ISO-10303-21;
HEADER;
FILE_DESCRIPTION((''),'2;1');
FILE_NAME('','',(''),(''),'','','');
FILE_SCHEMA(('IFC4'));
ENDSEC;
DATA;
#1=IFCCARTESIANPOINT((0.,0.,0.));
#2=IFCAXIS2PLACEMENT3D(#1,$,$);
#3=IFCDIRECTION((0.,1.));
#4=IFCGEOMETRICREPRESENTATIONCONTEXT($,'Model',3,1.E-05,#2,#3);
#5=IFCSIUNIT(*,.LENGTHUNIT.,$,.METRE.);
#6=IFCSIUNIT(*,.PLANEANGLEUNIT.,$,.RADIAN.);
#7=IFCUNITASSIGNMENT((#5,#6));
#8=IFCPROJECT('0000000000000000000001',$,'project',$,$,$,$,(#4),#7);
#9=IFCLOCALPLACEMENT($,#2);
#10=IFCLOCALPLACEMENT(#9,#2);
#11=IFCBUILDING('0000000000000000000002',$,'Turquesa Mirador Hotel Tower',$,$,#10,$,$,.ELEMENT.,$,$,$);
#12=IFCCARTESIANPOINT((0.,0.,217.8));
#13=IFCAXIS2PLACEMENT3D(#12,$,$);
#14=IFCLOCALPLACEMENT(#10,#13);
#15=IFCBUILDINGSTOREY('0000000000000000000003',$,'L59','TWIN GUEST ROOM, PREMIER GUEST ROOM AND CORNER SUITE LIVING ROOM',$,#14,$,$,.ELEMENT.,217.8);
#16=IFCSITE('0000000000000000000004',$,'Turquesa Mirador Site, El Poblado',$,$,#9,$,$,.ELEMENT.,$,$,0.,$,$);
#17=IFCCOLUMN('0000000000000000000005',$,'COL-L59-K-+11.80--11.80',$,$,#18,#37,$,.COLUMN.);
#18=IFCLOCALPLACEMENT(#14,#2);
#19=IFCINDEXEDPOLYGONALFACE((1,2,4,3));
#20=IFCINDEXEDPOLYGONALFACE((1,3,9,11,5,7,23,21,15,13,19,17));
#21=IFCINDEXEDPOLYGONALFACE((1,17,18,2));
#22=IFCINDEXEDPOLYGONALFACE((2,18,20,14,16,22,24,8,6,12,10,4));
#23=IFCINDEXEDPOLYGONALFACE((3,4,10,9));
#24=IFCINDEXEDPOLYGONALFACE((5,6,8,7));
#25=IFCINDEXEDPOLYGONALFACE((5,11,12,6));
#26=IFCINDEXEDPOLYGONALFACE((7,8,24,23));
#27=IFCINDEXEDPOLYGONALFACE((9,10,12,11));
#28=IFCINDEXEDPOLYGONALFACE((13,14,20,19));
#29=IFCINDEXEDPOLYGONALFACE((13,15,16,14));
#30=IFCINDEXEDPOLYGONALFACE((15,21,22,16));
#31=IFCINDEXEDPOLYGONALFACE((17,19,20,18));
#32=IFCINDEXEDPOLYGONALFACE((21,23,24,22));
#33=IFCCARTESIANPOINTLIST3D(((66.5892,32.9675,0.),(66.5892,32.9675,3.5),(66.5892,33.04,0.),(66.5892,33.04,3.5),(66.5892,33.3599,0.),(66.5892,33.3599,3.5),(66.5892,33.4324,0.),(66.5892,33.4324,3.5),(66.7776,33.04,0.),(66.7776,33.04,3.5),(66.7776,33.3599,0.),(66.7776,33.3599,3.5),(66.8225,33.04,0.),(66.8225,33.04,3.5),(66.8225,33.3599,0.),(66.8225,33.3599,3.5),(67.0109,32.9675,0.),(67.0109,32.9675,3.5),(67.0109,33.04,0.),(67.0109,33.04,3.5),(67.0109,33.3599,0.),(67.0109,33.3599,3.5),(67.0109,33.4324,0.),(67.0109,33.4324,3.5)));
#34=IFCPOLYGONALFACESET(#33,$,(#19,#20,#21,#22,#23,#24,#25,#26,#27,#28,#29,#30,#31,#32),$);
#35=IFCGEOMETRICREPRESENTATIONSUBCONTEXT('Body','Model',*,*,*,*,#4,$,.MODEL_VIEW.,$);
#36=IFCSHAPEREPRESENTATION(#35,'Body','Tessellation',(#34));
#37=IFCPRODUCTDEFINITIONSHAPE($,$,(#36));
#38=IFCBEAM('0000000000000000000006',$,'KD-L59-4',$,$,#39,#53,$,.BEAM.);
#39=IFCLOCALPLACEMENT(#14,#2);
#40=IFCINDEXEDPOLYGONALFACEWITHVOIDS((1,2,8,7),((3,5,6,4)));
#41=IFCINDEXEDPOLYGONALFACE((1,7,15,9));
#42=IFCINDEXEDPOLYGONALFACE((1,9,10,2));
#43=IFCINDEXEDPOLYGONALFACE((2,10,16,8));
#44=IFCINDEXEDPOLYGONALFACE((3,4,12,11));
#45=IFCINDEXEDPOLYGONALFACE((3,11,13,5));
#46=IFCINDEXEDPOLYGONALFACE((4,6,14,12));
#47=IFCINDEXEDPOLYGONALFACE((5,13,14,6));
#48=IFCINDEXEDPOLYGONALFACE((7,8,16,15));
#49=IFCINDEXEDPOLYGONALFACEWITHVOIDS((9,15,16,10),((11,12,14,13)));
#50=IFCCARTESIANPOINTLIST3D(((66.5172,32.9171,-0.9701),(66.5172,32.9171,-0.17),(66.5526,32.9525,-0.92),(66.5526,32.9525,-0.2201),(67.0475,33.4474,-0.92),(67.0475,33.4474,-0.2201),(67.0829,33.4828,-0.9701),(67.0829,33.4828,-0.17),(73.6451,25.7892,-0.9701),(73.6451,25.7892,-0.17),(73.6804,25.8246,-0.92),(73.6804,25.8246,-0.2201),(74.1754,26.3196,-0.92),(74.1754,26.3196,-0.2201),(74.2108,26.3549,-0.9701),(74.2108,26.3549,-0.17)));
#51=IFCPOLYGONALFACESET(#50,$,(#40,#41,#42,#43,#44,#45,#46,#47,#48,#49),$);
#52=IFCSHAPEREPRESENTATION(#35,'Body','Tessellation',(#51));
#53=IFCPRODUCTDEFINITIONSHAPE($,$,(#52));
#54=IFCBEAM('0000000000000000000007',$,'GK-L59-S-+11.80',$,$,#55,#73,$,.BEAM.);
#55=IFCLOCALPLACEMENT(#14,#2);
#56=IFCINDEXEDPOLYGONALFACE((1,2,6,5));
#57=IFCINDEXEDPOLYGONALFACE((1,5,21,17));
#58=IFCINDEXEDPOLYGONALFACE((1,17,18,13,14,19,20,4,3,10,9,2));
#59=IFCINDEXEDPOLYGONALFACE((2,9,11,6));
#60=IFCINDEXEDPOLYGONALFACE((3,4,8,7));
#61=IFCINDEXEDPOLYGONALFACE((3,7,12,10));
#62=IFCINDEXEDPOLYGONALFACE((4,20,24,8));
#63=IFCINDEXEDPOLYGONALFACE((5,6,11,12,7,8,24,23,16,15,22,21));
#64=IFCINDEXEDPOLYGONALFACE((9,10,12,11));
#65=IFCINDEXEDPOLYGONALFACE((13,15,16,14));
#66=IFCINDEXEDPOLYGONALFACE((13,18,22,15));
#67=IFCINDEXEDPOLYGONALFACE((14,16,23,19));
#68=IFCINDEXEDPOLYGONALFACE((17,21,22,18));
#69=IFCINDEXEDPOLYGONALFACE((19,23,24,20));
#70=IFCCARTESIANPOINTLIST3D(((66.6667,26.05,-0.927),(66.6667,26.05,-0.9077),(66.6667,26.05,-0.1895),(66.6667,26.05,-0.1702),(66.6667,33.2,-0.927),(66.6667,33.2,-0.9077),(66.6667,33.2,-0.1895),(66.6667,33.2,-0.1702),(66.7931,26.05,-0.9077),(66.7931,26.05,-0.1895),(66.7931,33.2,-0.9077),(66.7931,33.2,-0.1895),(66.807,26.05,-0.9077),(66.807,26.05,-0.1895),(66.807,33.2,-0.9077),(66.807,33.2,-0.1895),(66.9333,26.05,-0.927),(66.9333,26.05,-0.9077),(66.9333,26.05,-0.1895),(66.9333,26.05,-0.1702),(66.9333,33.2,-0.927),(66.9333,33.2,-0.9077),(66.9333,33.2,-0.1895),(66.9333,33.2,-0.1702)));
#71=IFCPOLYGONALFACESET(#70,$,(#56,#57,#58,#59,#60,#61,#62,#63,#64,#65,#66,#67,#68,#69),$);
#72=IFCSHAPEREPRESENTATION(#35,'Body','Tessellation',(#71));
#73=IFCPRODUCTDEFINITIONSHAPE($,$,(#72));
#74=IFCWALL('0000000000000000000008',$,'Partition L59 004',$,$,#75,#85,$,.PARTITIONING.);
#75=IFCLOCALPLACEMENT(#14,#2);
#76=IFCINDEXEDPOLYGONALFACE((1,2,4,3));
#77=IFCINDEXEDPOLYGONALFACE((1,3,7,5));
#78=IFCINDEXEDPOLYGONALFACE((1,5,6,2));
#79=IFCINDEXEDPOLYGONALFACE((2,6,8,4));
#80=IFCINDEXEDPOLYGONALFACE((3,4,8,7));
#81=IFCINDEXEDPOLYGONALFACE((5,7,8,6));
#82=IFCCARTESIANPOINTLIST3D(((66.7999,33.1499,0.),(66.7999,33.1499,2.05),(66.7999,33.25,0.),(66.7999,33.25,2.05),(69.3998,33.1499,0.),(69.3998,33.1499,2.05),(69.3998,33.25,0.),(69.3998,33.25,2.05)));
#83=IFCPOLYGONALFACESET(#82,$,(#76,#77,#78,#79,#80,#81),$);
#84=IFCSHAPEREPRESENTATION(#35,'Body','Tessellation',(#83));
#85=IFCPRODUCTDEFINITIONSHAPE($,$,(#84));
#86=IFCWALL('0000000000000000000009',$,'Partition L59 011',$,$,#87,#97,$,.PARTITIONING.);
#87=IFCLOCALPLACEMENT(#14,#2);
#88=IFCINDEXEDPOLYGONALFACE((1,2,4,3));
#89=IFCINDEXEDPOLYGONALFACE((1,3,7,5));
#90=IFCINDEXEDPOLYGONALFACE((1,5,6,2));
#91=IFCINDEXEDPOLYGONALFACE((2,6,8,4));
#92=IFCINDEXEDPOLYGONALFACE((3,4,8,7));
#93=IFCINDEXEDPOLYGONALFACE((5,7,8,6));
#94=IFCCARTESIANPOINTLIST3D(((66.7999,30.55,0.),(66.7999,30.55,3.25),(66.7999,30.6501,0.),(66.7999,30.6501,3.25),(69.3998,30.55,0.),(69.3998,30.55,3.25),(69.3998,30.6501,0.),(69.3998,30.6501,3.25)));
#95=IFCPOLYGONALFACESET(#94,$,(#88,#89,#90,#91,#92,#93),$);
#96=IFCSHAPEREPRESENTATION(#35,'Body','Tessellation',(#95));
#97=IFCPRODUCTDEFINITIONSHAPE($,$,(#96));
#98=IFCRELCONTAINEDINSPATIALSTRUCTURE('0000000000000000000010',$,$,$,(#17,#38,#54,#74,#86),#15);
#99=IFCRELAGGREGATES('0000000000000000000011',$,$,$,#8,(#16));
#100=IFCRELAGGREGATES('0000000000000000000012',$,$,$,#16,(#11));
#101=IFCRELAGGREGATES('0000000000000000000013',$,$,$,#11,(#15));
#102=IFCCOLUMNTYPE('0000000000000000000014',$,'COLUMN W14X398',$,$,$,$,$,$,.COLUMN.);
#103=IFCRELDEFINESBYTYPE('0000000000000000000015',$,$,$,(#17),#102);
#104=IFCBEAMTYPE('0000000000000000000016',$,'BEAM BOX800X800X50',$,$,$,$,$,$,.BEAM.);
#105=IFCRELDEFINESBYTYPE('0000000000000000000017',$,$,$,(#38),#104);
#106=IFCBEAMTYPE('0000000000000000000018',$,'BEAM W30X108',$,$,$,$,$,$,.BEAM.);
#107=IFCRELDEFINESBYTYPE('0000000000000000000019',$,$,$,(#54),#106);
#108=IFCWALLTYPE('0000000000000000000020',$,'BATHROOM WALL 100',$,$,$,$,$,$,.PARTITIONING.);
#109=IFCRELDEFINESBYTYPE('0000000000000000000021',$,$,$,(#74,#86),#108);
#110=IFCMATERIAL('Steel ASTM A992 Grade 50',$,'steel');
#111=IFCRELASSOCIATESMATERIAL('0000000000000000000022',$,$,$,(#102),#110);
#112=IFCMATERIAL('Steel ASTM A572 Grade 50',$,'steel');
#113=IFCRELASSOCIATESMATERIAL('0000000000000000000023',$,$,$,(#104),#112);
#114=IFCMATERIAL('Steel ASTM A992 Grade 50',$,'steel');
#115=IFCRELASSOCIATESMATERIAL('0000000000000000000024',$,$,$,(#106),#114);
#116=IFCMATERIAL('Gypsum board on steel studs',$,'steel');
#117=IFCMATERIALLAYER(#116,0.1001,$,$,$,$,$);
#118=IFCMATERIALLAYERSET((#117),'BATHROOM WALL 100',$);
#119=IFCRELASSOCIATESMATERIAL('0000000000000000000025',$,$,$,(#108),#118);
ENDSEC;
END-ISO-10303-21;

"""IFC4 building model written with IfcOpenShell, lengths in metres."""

from ifc_helpers import new_model, si_unit, direction, frame, frame_2d, origin, origin_2d, place, context, subcontext, project, spatial, rectangle, hollow_rectangle, i_section, extrude, material, layer, layer_set, material_profile, profile_set, type_object, element, save


model = new_model("IFC4")

# Units and contexts
model_context = context("Model", 3, precision=1e-05, world=origin(), true_north=direction((0.0, 1.0)))
body_context = subcontext(model_context, "Body", "Model", "MODEL_VIEW")
ifc_project = project(units=[si_unit("LENGTHUNIT", "METRE"), si_unit("PLANEANGLEUNIT", "RADIAN")], contexts=[model_context])

# Site, building, storey
site_placement = place(None, origin())
site = spatial("IfcSite", under=ifc_project, at=site_placement, Name="Turquesa Mirador Site, El Poblado", CompositionType="ELEMENT", RefElevation=0.0)
building_placement = place(site_placement, origin())
building = spatial("IfcBuilding", under=site, at=building_placement, Name="Turquesa Mirador Hotel Tower", CompositionType="ELEMENT")
storey_placement = place(building_placement, frame((0.0, 0.0, 217.8)))
storey = spatial("IfcBuildingStorey", under=building, at=storey_placement, Name="L59", Description="TWIN GUEST ROOM, PREMIER GUEST ROOM AND CORNER SUITE LIVING ROOM", CompositionType="ELEMENT", Elevation=217.8)

# Column
ifc_material_1 = material(Name="Steel ASTM A992 Grade 50", Category="steel")
ifc_material_profile_1 = material_profile(ifc_material_1, i_section(OverallWidth=0.4216, OverallDepth=0.4648, WebThickness=0.0449, FlangeThickness=0.0725, at=origin_2d()), Name="W14X398")
ifc_profile_set_1 = profile_set([ifc_material_profile_1], Name="Steel ASTM A992 Grade 50")
column_type = type_object("IfcColumnType", Name="COLUMN W14X398", PredefinedType="COLUMN", material=ifc_profile_set_1)
column_placement = place(storey_placement, frame((66.8, 33.2, 0.0), z_axis=(0.0, 0.0, 1.0), x_axis=(1.0, 0.0, 0.0)))
element("IfcColumn", 1, at=column_placement, inside=storey, type_object=column_type, Name="COL-L59-K-+11.80--11.80", PredefinedType="COLUMN", context=body_context, shape_type="SweptSolid", body=[
    extrude(i_section(OverallWidth=0.4216, OverallDepth=0.4648, WebThickness=0.0449, FlangeThickness=0.0725, at=origin_2d()), origin(), (0.0, 0.0, 1.0), 3.5),
])

# Beams
ifc_material_2 = material(Name="Steel ASTM A572 Grade 50", Category="steel")
ifc_material_profile_2 = material_profile(ifc_material_2, hollow_rectangle(XDim=0.8, YDim=0.8, WallThickness=0.05, at=origin_2d()), Name="BOX800X800X50")
ifc_profile_set_2 = profile_set([ifc_material_profile_2], Name="Steel ASTM A572 Grade 50")
beam_type_1 = type_object("IfcBeamType", Name="BEAM BOX800X800X50", PredefinedType="BEAM", material=ifc_profile_set_2)
beam_1_placement = place(storey_placement, frame((66.8, 33.2, -0.5701), z_axis=(0.707107, -0.707107, 0.0), x_axis=(0.707107, 0.707107, 0.0)))
element("IfcBeam", 2, at=beam_1_placement, inside=storey, type_object=beam_type_1, Name="KD-L59-4", PredefinedType="BEAM", context=body_context, shape_type="SweptSolid", body=[
    extrude(hollow_rectangle(XDim=0.8, YDim=0.8, WallThickness=0.05, at=origin_2d()), origin(), (0.0, 0.0, 1.0), 10.0803),
])
ifc_material_3 = material(Name="Steel ASTM A992 Grade 50", Category="steel")
ifc_material_profile_3 = material_profile(ifc_material_3, i_section(OverallWidth=0.2666, OverallDepth=0.7568, WebThickness=0.0139, FlangeThickness=0.0193, at=origin_2d()), Name="W30X108")
ifc_profile_set_3 = profile_set([ifc_material_profile_3], Name="Steel ASTM A992 Grade 50")
beam_type_2 = type_object("IfcBeamType", Name="BEAM W30X108", PredefinedType="BEAM", material=ifc_profile_set_3)
beam_2_placement = place(storey_placement, frame((66.8, 26.05, -0.5486), z_axis=(0.0, 1.0, 0.0), x_axis=(-1.0, 0.0, 0.0)))
element("IfcBeam", 3, at=beam_2_placement, inside=storey, type_object=beam_type_2, Name="GK-L59-S-+11.80", PredefinedType="BEAM", context=body_context, shape_type="SweptSolid", body=[
    extrude(i_section(OverallWidth=0.2666, OverallDepth=0.7568, WebThickness=0.0139, FlangeThickness=0.0193, at=origin_2d()), origin(), (0.0, 0.0, 1.0), 7.1499),
])

# Walls
ifc_material_4 = material(Name="Gypsum board on steel studs", Category="steel")
ifc_layer_1 = layer(ifc_material_4, 0.1001)
ifc_layer_set_1 = layer_set([ifc_layer_1], Name="BATHROOM WALL 100")
wall_type_1 = type_object("IfcWallType", Name="BATHROOM WALL 100", PredefinedType="PARTITIONING", material=ifc_layer_set_1)
wall_1_placement = place(storey_placement, frame((66.8, 33.2, 0.0), z_axis=(0.0, 0.0, 1.0), x_axis=(1.0, 0.0, 0.0)))
element("IfcWall", 4, at=wall_1_placement, inside=storey, type_object=wall_type_1, Name="Partition L59 004", PredefinedType="PARTITIONING", context=body_context, shape_type="SweptSolid", body=[
    extrude(rectangle(XDim=2.5999, YDim=0.1001, at=frame_2d((1.2998, 0.0))), origin(), (0.0, 0.0, 1.0), 2.05),
])
wall_2_placement = place(storey_placement, frame((66.8, 30.6001, 0.0), z_axis=(0.0, 0.0, 1.0), x_axis=(1.0, 0.0, 0.0)))
element("IfcWall", 5, at=wall_2_placement, inside=storey, type_object=wall_type_1, Name="Partition L59 011", PredefinedType="PARTITIONING", context=body_context, shape_type="SweptSolid", body=[
    extrude(rectangle(XDim=2.5999, YDim=0.1001, at=frame_2d((1.2998, 0.0))), origin(), (0.0, 0.0, 1.0), 3.25),
])

save(model, "model.ifc")
